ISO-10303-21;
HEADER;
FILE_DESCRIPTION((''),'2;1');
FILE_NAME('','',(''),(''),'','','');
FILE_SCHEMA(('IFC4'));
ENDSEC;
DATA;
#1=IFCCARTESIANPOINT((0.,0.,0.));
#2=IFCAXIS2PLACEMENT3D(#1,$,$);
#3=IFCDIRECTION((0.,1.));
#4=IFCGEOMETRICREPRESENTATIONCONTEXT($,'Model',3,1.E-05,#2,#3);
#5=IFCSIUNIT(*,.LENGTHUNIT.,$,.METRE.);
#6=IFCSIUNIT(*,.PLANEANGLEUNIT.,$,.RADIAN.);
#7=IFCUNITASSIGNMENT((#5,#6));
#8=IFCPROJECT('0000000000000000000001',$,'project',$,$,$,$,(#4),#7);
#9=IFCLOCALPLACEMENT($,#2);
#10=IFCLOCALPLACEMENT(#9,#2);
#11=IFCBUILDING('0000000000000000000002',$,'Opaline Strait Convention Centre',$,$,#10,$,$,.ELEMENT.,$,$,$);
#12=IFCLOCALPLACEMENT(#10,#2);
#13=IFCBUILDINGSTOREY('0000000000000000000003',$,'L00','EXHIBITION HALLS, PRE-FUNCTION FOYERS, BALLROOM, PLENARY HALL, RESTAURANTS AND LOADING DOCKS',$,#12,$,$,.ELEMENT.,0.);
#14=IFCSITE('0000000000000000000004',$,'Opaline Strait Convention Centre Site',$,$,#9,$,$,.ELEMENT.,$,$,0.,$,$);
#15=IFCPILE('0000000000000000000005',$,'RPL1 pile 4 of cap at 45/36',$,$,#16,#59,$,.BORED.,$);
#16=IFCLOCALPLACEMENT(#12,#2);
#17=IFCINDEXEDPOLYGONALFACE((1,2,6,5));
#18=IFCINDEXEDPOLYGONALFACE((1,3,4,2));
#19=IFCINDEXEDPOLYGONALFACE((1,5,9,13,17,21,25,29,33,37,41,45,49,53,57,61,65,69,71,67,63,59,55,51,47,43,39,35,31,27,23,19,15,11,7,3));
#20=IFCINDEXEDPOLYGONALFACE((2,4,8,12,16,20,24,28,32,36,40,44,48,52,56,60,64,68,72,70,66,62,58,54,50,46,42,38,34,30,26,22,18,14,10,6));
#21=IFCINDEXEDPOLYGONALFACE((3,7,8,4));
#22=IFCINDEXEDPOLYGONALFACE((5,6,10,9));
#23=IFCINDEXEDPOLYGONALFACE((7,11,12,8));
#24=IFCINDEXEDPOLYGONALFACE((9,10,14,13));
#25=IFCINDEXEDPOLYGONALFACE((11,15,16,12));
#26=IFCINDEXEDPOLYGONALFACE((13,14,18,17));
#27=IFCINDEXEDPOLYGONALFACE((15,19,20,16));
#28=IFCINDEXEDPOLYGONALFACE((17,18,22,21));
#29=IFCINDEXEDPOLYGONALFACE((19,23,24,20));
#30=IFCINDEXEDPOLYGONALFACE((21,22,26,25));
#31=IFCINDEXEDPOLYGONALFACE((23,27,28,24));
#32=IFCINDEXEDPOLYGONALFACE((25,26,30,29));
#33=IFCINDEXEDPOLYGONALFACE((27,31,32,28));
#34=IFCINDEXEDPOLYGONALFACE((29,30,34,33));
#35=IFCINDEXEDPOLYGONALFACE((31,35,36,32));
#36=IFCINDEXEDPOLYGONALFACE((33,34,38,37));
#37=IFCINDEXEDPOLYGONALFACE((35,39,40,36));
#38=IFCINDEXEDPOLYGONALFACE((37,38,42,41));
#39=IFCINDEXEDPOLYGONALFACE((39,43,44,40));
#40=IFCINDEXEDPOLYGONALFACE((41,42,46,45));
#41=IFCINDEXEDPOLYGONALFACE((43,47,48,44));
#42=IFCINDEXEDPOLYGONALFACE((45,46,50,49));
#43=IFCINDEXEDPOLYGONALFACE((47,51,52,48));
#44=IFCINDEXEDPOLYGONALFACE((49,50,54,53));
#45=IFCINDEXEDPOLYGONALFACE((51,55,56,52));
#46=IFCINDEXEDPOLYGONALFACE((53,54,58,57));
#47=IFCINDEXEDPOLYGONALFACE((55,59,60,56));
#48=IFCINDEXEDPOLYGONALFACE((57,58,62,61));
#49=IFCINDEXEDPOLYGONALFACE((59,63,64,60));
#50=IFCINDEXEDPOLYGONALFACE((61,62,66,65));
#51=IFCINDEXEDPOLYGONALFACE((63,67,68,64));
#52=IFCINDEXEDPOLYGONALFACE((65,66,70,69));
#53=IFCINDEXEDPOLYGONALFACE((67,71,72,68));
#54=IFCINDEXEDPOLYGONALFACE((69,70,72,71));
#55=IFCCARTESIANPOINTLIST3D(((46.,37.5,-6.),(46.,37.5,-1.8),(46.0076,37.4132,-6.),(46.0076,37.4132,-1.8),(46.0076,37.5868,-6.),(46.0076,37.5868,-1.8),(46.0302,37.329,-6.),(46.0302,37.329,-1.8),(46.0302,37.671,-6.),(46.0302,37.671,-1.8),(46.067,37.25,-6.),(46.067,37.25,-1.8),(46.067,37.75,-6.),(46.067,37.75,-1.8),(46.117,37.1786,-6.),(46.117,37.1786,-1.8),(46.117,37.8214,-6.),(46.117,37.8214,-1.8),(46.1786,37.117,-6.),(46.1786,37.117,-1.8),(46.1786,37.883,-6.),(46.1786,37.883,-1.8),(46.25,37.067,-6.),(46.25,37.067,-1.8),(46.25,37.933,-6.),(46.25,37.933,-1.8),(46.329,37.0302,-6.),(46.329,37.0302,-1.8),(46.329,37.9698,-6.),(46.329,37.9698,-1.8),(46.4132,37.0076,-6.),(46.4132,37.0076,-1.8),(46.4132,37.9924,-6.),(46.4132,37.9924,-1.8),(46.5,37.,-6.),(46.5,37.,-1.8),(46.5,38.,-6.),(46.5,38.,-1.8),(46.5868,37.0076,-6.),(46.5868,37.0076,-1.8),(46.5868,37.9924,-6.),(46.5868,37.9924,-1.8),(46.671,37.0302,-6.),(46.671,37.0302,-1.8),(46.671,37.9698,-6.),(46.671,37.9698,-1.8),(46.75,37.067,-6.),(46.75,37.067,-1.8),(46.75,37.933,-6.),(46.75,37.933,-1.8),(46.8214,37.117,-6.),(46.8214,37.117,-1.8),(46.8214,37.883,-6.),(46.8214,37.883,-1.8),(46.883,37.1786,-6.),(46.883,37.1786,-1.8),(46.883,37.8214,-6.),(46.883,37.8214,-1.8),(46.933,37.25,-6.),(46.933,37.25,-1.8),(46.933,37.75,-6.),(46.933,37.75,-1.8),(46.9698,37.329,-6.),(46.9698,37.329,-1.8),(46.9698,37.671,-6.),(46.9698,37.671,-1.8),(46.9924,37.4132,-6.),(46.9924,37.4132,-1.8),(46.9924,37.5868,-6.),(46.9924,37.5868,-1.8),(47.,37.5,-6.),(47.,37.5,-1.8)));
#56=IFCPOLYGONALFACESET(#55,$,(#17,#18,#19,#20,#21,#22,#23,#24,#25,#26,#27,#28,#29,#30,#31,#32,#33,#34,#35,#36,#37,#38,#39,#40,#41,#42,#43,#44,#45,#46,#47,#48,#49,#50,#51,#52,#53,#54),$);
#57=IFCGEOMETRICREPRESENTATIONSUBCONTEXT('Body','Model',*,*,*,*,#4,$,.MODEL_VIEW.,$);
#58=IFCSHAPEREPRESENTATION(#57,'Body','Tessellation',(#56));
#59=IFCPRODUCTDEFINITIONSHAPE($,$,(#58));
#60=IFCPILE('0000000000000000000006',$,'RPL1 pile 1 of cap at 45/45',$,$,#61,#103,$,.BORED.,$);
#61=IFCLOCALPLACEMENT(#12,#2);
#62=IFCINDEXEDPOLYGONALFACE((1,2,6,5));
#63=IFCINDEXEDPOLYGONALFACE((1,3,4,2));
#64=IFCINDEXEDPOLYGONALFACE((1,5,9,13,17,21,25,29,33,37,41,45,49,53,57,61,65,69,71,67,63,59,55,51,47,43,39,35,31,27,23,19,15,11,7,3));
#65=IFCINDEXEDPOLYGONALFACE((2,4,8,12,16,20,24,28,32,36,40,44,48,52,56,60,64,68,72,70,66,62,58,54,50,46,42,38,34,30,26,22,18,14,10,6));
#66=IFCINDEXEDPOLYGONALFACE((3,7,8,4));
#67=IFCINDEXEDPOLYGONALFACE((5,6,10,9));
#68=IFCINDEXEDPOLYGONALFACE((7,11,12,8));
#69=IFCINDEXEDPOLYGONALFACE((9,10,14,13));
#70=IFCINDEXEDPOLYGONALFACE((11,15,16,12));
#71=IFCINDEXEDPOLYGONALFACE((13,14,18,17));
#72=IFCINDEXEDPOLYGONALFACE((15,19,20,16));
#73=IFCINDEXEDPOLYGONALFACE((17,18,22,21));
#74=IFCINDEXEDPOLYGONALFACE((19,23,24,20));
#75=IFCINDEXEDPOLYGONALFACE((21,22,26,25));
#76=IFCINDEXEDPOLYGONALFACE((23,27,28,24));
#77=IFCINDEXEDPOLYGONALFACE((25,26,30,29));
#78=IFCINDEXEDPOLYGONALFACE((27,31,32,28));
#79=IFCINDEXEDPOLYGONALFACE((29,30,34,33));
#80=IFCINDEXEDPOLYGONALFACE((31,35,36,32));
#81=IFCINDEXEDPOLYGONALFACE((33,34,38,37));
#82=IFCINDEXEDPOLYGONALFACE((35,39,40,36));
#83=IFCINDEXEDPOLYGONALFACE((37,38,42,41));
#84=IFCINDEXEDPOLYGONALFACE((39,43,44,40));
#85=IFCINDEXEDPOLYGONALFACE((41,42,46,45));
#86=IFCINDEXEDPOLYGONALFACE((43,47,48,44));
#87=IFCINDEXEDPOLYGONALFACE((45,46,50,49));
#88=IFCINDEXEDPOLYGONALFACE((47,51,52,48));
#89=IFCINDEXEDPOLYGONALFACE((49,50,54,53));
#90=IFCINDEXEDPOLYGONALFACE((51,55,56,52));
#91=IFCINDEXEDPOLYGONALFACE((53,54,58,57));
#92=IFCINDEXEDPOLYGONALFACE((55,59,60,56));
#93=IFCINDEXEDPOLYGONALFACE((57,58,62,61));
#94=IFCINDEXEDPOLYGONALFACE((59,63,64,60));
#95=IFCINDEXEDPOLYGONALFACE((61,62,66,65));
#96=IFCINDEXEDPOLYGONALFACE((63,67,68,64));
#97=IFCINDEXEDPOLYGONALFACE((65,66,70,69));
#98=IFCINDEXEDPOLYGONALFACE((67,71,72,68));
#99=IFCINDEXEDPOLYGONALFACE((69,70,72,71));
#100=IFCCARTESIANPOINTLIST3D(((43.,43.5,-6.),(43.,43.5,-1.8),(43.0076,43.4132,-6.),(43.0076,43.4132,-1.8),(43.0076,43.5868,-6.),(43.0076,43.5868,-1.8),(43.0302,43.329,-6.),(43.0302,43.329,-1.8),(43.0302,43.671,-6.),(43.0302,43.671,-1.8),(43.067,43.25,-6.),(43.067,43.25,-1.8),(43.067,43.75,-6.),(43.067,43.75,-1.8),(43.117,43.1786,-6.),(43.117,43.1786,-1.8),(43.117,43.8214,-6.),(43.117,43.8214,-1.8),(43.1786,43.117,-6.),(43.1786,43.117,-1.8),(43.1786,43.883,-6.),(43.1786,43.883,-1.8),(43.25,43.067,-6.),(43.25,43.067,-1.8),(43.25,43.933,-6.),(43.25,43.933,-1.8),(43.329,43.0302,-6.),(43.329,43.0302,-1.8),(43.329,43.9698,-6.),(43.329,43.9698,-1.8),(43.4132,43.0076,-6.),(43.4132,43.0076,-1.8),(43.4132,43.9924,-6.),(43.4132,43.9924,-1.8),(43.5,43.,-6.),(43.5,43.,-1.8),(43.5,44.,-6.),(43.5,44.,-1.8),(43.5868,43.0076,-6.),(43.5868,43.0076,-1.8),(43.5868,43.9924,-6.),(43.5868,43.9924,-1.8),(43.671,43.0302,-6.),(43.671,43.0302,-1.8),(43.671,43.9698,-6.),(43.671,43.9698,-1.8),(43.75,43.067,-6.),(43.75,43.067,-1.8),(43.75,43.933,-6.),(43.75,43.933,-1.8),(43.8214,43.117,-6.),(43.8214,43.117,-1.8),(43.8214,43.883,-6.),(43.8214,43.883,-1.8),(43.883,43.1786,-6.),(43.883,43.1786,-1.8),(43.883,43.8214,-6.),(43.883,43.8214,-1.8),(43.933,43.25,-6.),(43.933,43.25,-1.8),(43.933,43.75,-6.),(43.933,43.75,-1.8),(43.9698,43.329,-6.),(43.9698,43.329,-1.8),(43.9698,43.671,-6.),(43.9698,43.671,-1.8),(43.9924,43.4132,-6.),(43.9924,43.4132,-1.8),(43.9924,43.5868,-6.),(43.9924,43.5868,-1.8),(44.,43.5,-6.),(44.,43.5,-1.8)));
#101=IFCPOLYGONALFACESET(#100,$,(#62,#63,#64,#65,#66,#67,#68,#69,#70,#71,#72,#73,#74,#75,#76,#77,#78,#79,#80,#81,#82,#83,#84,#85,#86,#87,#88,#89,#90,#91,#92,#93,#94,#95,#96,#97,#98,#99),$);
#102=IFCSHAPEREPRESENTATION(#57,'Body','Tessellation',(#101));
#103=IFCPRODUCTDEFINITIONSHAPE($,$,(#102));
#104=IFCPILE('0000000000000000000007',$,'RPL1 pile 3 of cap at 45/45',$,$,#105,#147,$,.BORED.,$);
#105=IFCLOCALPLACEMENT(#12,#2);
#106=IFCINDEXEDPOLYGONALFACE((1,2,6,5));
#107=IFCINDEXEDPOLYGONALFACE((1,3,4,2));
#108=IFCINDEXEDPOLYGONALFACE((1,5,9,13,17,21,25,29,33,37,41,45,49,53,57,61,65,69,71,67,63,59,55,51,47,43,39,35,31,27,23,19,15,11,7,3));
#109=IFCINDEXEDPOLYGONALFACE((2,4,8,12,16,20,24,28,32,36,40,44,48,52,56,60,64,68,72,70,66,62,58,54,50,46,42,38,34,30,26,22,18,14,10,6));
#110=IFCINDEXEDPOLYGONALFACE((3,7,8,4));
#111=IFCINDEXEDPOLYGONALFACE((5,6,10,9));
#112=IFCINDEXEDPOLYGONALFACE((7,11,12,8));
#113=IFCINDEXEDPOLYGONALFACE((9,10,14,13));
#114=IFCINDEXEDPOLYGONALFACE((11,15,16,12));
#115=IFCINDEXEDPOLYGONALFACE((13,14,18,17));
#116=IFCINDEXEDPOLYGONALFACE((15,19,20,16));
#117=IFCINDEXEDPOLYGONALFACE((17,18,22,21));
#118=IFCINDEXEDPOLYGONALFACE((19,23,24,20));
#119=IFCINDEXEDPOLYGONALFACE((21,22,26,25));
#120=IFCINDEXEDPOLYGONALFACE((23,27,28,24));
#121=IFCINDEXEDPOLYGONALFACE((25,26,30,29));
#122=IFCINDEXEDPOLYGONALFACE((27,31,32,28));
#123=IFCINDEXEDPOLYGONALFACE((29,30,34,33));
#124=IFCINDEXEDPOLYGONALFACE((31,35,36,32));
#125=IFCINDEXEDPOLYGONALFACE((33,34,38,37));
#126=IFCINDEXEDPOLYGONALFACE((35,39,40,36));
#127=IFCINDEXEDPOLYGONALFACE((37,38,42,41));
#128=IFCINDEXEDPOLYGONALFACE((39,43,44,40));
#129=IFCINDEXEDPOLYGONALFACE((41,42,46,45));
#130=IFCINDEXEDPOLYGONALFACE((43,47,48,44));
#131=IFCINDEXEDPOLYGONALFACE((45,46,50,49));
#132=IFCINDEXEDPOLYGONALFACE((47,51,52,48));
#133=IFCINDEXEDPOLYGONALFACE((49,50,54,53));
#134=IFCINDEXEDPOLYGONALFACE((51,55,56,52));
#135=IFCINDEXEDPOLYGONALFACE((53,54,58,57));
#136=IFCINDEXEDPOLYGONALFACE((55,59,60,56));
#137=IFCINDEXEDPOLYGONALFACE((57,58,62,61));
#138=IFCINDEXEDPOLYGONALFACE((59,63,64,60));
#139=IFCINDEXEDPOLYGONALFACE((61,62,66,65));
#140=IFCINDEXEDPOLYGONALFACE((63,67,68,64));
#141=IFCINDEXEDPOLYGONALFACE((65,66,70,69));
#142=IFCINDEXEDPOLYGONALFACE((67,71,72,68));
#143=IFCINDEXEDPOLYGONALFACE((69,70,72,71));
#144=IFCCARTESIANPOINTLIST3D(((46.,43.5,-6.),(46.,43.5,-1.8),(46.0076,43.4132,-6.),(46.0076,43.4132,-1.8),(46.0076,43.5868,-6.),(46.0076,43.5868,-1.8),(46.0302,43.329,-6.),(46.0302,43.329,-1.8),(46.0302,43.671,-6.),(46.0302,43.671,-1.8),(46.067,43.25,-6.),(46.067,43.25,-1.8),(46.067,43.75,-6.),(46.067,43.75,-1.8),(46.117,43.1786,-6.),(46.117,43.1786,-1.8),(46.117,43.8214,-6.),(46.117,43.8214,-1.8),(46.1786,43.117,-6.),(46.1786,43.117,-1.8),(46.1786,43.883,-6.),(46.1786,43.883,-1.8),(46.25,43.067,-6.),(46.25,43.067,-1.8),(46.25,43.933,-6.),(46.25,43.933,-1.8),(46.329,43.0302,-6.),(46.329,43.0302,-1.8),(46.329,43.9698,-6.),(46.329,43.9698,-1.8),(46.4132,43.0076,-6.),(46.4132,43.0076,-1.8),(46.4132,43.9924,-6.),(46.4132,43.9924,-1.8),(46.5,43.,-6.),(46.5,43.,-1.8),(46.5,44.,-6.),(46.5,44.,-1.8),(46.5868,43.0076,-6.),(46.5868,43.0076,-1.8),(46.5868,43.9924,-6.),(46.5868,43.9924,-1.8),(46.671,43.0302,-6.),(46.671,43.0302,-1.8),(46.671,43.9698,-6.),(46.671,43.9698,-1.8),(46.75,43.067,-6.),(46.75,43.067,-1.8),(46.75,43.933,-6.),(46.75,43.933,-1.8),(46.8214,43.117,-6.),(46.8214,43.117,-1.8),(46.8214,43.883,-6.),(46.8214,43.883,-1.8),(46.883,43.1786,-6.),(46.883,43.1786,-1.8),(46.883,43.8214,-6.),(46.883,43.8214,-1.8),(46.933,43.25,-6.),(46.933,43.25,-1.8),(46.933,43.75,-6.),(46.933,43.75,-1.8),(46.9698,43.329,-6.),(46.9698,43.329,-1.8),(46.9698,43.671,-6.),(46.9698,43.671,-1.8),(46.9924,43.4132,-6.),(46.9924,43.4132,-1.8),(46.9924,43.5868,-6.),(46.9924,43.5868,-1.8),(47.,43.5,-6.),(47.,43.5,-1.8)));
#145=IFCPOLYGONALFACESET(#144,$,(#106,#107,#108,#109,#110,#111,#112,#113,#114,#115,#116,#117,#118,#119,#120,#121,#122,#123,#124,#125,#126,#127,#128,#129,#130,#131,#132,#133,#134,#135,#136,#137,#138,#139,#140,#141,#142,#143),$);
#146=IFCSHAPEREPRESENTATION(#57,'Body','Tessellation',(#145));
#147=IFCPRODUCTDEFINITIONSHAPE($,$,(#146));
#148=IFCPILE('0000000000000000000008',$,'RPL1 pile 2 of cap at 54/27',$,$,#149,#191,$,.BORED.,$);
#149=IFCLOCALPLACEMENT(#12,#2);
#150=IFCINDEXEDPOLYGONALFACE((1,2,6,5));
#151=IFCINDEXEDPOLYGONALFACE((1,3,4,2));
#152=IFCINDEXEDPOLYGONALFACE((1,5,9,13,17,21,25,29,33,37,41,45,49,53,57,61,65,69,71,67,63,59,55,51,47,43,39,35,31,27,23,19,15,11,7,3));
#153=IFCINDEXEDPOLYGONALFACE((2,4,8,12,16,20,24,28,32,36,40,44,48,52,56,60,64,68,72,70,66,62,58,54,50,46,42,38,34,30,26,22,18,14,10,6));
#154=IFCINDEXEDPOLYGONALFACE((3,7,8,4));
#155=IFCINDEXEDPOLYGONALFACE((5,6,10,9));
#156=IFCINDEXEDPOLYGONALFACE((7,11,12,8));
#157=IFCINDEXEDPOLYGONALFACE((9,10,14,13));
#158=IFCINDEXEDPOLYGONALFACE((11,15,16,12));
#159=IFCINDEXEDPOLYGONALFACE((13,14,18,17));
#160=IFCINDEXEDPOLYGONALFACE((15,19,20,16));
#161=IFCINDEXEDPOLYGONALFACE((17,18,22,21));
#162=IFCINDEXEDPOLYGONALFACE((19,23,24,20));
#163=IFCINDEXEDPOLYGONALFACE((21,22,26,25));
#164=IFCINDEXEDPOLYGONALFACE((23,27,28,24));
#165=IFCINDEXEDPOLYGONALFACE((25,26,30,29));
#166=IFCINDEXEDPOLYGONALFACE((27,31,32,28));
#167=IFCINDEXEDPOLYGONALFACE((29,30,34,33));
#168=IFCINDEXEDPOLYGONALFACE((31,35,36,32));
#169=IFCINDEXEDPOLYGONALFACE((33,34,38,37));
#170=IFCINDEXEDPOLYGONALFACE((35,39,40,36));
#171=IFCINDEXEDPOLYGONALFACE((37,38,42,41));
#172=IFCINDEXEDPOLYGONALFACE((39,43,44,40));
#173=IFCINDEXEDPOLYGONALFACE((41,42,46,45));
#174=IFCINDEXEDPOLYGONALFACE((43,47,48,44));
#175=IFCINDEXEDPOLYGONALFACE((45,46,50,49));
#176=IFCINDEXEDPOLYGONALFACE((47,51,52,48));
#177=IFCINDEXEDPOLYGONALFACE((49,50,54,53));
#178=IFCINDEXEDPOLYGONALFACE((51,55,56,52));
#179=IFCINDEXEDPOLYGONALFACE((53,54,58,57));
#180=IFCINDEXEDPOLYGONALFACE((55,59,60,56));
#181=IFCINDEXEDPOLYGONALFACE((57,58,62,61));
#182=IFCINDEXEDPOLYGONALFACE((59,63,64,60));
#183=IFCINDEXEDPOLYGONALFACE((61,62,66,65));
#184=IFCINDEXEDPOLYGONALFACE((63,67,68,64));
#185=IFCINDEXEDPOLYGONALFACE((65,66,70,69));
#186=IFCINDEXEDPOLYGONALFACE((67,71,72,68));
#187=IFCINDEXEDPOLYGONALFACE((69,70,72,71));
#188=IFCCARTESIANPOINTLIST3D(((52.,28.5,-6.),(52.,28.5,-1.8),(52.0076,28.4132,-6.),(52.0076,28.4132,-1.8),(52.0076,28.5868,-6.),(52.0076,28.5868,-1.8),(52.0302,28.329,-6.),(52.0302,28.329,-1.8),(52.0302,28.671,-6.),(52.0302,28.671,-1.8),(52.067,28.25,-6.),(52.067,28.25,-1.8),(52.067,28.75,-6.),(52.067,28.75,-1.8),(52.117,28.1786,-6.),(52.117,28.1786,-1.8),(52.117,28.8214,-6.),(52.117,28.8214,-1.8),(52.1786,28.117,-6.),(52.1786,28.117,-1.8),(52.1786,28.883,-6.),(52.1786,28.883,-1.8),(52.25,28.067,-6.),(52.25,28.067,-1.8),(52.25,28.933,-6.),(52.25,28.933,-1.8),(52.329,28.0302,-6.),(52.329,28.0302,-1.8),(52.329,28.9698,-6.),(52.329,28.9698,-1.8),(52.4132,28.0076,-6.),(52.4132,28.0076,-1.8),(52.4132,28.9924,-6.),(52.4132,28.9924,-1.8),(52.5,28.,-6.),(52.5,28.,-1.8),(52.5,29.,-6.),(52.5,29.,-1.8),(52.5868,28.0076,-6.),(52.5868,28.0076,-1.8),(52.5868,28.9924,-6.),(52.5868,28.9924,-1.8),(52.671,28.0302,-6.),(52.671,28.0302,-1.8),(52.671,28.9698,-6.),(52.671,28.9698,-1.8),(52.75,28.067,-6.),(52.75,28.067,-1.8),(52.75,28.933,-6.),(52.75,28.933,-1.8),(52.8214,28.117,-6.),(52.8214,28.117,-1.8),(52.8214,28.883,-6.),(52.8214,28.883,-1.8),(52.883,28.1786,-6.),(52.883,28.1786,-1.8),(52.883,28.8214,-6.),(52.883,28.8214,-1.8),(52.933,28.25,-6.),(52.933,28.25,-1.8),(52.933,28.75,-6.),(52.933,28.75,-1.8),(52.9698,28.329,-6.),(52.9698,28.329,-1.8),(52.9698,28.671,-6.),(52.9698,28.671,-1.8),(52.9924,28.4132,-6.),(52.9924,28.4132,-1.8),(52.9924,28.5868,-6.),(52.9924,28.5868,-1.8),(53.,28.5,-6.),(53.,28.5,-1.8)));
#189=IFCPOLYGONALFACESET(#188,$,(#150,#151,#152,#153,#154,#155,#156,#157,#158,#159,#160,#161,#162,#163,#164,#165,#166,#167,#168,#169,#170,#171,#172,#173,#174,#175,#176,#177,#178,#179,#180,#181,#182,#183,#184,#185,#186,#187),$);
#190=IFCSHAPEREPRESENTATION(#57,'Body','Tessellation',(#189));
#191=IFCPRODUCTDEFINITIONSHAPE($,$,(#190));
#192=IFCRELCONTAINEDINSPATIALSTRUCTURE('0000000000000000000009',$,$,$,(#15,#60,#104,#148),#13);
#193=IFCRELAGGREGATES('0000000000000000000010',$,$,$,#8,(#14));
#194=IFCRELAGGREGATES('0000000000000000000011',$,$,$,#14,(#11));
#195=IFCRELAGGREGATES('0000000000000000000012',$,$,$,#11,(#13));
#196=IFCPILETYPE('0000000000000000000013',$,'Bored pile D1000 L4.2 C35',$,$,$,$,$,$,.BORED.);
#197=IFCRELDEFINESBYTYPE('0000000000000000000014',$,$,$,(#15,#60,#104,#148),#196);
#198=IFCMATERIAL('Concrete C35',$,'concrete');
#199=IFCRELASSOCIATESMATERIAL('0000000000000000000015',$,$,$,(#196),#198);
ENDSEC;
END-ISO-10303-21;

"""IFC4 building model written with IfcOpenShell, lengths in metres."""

from ifc_helpers import new_model, si_unit, direction, frame, origin, origin_2d, place, context, subcontext, project, spatial, circle, extrude, material, material_profile, profile_set, type_object, element, save


model = new_model("IFC4")

# Units and contexts
model_context = context("Model", 3, precision=1e-05, world=origin(), true_north=direction((0.0, 1.0)))
body_context = subcontext(model_context, "Body", "Model", "MODEL_VIEW")
ifc_project = project(units=[si_unit("LENGTHUNIT", "METRE"), si_unit("PLANEANGLEUNIT", "RADIAN")], contexts=[model_context])

# Site, building, storey
site_placement = place(None, origin())
site = spatial("IfcSite", under=ifc_project, at=site_placement, Name="Opaline Strait Convention Centre Site", CompositionType="ELEMENT", RefElevation=0.0)
building_placement = place(site_placement, origin())
building = spatial("IfcBuilding", under=site, at=building_placement, Name="Opaline Strait Convention Centre", CompositionType="ELEMENT")
storey_placement = place(building_placement, origin())
storey = spatial("IfcBuildingStorey", under=building, at=storey_placement, Name="L00", Description="EXHIBITION HALLS, PRE-FUNCTION FOYERS, BALLROOM, PLENARY HALL, RESTAURANTS AND LOADING DOCKS", CompositionType="ELEMENT", Elevation=0.0)

# Piles
ifc_material_1 = material(Name="Concrete C35", Category="concrete")
ifc_material_profile_1 = material_profile(ifc_material_1, circle(Radius=0.5, at=origin_2d()), Name="D1000")
ifc_profile_set_1 = profile_set([ifc_material_profile_1], Name="Concrete C35")
pile_type = type_object("IfcPileType", Name="Bored pile D1000 L4.2 C35", PredefinedType="BORED", material=ifc_profile_set_1)
for number, where, z_axis, x_axis, name in (
    (1, (46.5, 37.5, -1.8), (0.0, 0.0, -1.0), (1.0, 0.0, 0.0), "RPL1 pile 4 of cap at 45/36"),
    (2, (43.5, 43.5, -1.8), (0.0, 0.0, -1.0), (1.0, 0.0, 0.0), "RPL1 pile 1 of cap at 45/45"),
    (3, (46.5, 43.5, -1.8), (0.0, 0.0, -1.0), (1.0, 0.0, 0.0), "RPL1 pile 3 of cap at 45/45"),
    (4, (52.5, 28.5, -1.8), (0.0, 0.0, -1.0), (1.0, 0.0, 0.0), "RPL1 pile 2 of cap at 54/27"),
):
    element("IfcPile", number, at=place(storey_placement, frame(where, z_axis=z_axis, x_axis=x_axis)), inside=storey, type_object=pile_type, Name=name, PredefinedType="BORED", context=body_context, shape_type="SweptSolid", body=[
        extrude(circle(Radius=0.5, at=origin_2d()), origin(), (0.0, 0.0, 1.0), 4.2),
    ])

save(model, "model.ifc")
